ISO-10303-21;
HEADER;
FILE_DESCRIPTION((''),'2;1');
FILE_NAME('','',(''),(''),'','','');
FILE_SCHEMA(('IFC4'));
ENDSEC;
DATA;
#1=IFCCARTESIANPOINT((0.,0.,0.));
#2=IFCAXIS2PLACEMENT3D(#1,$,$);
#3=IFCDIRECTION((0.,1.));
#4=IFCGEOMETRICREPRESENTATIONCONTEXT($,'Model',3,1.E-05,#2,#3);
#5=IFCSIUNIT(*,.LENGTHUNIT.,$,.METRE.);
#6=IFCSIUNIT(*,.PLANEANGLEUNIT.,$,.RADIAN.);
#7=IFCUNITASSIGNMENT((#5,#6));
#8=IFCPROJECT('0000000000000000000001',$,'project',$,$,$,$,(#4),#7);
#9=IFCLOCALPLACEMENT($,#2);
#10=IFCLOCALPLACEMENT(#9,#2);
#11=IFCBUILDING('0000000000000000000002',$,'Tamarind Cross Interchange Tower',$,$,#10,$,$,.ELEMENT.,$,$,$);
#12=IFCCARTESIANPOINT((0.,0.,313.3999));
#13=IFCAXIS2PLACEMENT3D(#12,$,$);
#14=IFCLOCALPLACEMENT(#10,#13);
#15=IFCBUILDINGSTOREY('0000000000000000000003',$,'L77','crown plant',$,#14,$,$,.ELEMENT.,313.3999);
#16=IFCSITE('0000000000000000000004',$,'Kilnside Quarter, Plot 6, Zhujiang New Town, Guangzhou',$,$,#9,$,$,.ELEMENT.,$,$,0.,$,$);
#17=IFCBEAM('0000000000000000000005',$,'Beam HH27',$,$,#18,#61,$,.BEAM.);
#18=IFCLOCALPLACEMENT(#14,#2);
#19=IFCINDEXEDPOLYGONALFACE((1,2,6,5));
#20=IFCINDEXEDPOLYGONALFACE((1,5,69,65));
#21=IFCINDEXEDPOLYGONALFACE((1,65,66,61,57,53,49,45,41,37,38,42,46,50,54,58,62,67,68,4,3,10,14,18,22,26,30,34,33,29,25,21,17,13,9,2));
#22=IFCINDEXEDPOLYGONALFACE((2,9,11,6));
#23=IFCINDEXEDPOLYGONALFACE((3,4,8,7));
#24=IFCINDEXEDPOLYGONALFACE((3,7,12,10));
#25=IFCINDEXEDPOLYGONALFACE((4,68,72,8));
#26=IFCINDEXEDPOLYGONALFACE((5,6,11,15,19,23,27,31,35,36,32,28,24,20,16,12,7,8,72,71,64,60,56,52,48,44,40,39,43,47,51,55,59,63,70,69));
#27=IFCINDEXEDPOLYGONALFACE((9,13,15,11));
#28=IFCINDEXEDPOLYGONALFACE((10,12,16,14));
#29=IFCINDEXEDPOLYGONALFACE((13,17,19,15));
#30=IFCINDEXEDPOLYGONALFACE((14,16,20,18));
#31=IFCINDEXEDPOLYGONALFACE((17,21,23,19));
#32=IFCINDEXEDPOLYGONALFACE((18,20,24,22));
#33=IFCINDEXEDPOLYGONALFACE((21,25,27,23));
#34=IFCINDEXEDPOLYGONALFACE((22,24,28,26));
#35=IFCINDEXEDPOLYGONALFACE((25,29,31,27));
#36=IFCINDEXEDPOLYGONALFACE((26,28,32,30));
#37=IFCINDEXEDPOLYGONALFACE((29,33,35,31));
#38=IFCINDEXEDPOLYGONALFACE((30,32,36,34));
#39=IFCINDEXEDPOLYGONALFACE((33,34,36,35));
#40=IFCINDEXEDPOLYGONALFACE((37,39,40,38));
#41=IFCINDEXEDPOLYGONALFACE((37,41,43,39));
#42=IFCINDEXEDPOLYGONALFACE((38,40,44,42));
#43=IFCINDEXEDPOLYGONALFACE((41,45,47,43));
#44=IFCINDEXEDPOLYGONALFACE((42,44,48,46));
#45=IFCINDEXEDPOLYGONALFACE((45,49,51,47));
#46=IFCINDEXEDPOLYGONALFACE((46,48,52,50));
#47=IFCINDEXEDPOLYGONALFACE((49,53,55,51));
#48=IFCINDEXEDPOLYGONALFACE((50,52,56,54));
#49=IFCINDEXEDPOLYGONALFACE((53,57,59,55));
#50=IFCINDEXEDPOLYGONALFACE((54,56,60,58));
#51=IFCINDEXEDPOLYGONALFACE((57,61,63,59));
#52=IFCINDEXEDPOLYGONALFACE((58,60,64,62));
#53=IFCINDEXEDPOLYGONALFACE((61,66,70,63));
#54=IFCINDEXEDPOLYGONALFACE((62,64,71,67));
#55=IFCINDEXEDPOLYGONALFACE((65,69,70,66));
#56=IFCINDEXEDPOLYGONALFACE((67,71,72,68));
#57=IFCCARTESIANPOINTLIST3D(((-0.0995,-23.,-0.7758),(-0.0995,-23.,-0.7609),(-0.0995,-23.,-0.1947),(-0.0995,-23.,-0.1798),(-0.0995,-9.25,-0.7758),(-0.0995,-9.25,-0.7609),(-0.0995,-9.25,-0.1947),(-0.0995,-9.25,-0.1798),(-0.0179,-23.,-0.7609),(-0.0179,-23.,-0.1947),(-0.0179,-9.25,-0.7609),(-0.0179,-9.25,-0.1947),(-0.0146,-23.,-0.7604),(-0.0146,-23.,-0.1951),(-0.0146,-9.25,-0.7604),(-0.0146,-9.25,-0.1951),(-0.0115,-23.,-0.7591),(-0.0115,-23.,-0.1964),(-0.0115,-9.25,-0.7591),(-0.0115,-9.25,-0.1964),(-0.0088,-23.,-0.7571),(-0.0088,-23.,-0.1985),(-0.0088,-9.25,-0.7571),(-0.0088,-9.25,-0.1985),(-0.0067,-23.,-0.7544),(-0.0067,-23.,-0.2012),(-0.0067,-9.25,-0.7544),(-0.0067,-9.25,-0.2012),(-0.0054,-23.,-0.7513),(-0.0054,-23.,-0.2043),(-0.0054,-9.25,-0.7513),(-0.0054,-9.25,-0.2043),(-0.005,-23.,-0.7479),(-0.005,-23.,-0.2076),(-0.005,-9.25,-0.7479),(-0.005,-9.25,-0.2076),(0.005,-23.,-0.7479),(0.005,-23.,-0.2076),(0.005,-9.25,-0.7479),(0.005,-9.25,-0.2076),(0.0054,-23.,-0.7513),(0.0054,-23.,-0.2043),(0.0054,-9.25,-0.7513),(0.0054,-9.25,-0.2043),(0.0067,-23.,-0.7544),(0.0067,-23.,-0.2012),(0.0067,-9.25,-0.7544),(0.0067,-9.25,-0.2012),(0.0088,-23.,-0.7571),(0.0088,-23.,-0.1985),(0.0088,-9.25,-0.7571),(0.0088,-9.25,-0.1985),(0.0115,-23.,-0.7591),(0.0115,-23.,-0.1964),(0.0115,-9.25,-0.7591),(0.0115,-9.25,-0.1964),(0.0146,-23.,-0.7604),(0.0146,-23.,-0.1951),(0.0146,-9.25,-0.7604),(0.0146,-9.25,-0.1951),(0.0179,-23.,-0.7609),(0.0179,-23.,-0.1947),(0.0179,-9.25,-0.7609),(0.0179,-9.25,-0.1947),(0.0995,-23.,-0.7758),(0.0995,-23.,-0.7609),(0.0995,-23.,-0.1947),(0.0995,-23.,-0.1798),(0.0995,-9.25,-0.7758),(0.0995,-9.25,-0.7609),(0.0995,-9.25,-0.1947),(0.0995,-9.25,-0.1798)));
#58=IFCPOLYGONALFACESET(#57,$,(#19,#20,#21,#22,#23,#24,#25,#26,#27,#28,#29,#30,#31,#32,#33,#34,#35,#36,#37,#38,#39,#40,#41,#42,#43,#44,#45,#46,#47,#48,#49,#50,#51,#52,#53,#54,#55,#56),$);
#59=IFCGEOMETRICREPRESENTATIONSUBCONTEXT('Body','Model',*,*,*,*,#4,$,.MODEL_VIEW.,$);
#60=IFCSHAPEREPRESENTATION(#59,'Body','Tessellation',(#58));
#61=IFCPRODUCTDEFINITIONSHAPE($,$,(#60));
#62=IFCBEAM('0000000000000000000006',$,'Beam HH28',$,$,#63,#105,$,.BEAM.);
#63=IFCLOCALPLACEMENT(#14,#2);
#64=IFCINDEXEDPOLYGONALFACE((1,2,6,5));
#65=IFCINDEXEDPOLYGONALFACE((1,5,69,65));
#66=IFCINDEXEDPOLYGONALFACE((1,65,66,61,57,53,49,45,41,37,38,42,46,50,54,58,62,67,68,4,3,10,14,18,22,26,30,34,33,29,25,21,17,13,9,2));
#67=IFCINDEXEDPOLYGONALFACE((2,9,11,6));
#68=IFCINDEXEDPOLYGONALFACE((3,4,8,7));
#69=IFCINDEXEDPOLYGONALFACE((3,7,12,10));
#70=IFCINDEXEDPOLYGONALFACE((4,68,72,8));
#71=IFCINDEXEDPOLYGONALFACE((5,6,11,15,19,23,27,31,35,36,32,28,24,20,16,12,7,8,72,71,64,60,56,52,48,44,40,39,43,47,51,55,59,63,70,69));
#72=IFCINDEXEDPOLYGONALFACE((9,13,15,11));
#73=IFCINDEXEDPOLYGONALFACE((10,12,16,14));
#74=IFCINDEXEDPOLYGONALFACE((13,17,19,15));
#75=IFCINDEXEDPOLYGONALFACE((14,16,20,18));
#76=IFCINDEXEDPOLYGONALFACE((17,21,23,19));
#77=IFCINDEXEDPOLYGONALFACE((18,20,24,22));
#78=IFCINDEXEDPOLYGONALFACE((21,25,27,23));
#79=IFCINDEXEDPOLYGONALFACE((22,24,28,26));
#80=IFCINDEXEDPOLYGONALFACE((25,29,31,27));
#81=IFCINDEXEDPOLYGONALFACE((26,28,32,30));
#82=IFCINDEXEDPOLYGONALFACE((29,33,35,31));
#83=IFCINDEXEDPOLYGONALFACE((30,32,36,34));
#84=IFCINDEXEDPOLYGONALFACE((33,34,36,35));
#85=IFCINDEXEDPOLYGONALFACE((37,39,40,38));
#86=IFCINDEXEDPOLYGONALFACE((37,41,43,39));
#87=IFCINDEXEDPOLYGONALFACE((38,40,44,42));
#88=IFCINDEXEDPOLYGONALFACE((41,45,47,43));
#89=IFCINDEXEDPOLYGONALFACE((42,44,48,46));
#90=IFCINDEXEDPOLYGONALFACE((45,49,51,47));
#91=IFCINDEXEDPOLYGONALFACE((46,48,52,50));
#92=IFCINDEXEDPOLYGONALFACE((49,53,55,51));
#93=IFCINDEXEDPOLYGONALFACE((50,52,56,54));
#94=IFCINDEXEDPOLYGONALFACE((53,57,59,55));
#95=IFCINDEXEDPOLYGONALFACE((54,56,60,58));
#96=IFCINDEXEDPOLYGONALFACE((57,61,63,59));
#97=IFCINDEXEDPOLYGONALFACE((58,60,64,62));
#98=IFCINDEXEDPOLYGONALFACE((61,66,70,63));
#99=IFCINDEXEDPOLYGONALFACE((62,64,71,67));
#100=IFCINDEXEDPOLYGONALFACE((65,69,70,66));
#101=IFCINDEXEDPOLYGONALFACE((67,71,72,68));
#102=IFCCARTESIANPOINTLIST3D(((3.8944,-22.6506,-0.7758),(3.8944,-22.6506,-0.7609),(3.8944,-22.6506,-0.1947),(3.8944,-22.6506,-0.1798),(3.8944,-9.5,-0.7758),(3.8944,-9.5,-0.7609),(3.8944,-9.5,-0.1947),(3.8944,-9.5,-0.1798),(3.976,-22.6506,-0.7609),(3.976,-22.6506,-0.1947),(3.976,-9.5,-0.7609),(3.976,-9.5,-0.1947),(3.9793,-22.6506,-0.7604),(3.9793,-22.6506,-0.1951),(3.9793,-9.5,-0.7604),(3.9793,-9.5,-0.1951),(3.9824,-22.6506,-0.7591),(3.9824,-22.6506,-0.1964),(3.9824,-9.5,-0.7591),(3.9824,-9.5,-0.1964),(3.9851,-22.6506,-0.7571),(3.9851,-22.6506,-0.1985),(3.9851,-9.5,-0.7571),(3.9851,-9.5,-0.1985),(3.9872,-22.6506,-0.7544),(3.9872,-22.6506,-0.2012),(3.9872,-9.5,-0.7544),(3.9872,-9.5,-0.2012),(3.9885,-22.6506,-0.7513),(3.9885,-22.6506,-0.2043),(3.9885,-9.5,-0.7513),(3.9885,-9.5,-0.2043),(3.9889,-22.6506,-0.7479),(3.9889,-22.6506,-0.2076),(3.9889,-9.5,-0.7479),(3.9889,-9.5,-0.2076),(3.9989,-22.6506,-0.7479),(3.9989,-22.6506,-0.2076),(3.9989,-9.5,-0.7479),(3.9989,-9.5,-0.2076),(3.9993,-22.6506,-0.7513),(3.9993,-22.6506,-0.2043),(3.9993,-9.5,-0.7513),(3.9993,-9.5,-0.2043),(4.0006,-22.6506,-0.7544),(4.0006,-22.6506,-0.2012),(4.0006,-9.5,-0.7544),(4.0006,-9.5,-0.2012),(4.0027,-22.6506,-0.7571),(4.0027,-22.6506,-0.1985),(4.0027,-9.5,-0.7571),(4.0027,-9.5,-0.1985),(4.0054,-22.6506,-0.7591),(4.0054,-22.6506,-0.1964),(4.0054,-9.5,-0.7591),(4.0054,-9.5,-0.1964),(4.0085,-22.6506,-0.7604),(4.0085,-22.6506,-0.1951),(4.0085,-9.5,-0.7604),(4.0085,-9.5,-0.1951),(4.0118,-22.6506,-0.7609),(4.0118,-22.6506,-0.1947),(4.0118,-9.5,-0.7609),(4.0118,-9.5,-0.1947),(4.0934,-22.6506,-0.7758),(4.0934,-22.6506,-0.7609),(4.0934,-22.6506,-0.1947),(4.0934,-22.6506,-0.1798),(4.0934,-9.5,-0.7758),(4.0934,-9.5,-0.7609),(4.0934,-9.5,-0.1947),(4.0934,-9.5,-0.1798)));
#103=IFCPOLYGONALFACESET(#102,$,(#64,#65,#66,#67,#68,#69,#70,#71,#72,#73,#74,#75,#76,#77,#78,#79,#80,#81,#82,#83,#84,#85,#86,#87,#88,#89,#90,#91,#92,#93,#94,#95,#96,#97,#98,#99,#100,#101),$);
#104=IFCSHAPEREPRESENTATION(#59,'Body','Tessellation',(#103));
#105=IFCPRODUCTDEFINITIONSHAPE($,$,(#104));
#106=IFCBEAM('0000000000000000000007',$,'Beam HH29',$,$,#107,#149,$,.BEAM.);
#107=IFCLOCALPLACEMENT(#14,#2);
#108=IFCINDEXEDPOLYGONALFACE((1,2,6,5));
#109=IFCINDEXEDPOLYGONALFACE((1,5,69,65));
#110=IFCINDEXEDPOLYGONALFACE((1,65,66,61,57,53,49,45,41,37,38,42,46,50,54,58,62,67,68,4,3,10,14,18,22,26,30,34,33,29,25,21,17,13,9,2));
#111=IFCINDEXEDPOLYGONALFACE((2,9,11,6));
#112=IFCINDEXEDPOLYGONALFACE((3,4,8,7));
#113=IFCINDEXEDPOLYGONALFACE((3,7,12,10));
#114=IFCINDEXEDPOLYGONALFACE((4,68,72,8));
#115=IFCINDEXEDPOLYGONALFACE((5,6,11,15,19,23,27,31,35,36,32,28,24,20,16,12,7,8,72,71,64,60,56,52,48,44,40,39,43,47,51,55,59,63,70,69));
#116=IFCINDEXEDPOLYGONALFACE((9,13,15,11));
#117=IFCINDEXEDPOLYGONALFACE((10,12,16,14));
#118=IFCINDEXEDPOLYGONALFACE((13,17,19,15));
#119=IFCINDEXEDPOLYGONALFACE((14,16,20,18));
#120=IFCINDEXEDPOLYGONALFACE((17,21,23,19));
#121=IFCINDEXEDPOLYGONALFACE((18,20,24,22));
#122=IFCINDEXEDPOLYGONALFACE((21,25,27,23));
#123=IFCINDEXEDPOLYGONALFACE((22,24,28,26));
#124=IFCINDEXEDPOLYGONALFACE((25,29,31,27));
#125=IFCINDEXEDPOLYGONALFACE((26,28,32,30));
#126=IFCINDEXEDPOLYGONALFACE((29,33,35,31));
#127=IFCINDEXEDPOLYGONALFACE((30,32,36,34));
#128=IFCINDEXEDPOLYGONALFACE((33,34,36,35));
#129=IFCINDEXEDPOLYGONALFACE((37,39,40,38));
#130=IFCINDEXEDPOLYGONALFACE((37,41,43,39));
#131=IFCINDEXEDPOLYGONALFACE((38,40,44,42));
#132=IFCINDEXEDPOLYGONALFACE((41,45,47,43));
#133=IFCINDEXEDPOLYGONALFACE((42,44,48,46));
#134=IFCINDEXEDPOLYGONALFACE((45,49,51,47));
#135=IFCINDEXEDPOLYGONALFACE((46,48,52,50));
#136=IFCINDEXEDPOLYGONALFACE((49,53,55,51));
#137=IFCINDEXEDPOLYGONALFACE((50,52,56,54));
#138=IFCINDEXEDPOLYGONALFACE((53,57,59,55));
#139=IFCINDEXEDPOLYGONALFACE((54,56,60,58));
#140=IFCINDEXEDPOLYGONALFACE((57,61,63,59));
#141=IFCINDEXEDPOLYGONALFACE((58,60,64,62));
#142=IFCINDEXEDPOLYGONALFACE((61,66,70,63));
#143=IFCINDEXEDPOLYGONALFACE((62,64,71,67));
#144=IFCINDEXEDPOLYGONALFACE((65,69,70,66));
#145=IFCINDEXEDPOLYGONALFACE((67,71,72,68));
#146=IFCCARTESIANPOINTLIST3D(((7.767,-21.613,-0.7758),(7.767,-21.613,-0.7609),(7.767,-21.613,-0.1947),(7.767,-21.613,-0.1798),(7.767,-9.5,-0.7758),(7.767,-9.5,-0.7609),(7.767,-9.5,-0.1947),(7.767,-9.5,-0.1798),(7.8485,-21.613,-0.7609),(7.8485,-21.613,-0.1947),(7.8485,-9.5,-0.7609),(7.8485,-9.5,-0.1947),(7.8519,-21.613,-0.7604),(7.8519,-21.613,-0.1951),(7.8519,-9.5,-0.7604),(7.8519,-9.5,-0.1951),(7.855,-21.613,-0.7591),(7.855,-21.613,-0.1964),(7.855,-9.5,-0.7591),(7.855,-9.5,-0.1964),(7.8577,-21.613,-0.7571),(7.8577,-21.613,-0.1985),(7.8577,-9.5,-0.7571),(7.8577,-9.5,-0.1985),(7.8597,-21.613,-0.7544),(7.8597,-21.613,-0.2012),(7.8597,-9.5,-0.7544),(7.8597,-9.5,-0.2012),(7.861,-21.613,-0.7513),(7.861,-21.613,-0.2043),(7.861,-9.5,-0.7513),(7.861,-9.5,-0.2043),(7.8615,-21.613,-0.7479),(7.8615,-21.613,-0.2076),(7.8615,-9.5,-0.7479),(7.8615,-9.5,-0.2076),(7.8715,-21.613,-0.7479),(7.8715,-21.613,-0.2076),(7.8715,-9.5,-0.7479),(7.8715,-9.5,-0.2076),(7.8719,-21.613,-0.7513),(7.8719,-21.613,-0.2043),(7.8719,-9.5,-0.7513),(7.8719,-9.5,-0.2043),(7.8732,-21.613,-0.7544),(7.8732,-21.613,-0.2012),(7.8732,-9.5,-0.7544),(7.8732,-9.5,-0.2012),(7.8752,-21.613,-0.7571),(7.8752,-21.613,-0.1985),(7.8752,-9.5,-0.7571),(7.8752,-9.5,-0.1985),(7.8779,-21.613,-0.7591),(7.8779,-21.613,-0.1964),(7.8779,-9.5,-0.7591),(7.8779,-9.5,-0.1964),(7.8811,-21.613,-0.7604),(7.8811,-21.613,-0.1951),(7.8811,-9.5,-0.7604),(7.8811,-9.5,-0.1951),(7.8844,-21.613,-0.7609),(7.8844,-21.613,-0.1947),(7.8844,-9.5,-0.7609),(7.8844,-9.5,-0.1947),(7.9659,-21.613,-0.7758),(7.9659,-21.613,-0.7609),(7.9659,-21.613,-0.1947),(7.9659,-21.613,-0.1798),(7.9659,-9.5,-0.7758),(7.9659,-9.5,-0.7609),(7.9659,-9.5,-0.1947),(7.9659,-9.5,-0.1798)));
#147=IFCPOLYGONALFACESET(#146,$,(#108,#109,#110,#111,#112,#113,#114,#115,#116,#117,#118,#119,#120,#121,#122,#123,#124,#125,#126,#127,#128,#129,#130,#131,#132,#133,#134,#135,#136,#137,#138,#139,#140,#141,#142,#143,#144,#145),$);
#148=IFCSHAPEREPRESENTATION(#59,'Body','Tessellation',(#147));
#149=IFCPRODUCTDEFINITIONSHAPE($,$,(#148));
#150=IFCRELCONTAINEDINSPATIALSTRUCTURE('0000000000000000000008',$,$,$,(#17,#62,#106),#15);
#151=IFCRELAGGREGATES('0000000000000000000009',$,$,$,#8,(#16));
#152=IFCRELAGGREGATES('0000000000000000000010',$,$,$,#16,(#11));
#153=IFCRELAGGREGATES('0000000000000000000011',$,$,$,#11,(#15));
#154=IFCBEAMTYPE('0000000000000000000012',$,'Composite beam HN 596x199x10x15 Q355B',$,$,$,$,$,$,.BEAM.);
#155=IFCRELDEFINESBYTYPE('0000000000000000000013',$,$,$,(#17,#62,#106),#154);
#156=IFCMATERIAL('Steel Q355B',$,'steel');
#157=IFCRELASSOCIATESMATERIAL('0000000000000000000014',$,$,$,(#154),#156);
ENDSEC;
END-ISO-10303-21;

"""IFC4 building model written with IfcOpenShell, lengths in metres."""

from ifc_helpers import new_model, si_unit, direction, frame, origin, origin_2d, place, context, subcontext, project, spatial, i_section, extrude, material, material_profile, profile_set, type_object, element, save


model = new_model("IFC4")

# Units and contexts
model_context = context("Model", 3, precision=1e-05, world=origin(), true_north=direction((0.0, 1.0)))
body_context = subcontext(model_context, "Body", "Model", "MODEL_VIEW")
ifc_project = project(units=[si_unit("LENGTHUNIT", "METRE"), si_unit("PLANEANGLEUNIT", "RADIAN")], contexts=[model_context])

# Site, building, storey
site_placement = place(None, origin())
site = spatial("IfcSite", under=ifc_project, at=site_placement, Name="Kilnside Quarter, Plot 6, Zhujiang New Town, Guangzhou", CompositionType="ELEMENT", RefElevation=0.0)
building_placement = place(site_placement, origin())
building = spatial("IfcBuilding", under=site, at=building_placement, Name="Tamarind Cross Interchange Tower", CompositionType="ELEMENT")
storey_placement = place(building_placement, frame((0.0, 0.0, 313.3999)))
storey = spatial("IfcBuildingStorey", under=building, at=storey_placement, Name="L77", Description="crown plant", CompositionType="ELEMENT", Elevation=313.3999)

# Beams
ifc_material_1 = material(Name="Steel Q355B", Category="steel")
ifc_material_profile_1 = material_profile(ifc_material_1, i_section(OverallWidth=0.199, OverallDepth=0.5959, WebThickness=0.01, FlangeThickness=0.0149, FilletRadius=0.0129, at=origin_2d()), Name="HN 596x199x10x15")
ifc_profile_set_1 = profile_set([ifc_material_profile_1], Name="Steel Q355B")
beam_type = type_object("IfcBeamType", Name="Composite beam HN 596x199x10x15 Q355B", PredefinedType="BEAM", material=ifc_profile_set_1)
beam_1_placement = place(storey_placement, frame((0.0, -23.0, -0.4778), z_axis=(0.0, 1.0, 0.0), x_axis=(-1.0, 0.0, 0.0)))
element("IfcBeam", 1, at=beam_1_placement, inside=storey, type_object=beam_type, Name="Beam HH27", PredefinedType="BEAM", context=body_context, shape_type="SweptSolid", body=[
    extrude(i_section(OverallWidth=0.199, OverallDepth=0.5959, WebThickness=0.01, FlangeThickness=0.0149, FilletRadius=0.0129, at=origin_2d()), origin(), (0.0, 0.0, 1.0), 13.75),
])
beam_2_placement = place(storey_placement, frame((3.9939, -22.6506, -0.4778), z_axis=(0.0, 1.0, 0.0), x_axis=(-1.0, 0.0, 0.0)))
element("IfcBeam", 2, at=beam_2_placement, inside=storey, type_object=beam_type, Name="Beam HH28", PredefinedType="BEAM", context=body_context, shape_type="SweptSolid", body=[
    extrude(i_section(OverallWidth=0.199, OverallDepth=0.5959, WebThickness=0.01, FlangeThickness=0.0149, FilletRadius=0.0129, at=origin_2d()), origin(), (0.0, 0.0, 1.0), 13.1506),
])
beam_3_placement = place(storey_placement, frame((7.8665, -21.613, -0.4778), z_axis=(0.0, 1.0, 0.0), x_axis=(-1.0, 0.0, 0.0)))
element("IfcBeam", 3, at=beam_3_placement, inside=storey, type_object=beam_type, Name="Beam HH29", PredefinedType="BEAM", context=body_context, shape_type="SweptSolid", body=[
    extrude(i_section(OverallWidth=0.199, OverallDepth=0.5959, WebThickness=0.01, FlangeThickness=0.0149, FilletRadius=0.0129, at=origin_2d()), origin(), (0.0, 0.0, 1.0), 12.113),
])

save(model, "model.ifc")
